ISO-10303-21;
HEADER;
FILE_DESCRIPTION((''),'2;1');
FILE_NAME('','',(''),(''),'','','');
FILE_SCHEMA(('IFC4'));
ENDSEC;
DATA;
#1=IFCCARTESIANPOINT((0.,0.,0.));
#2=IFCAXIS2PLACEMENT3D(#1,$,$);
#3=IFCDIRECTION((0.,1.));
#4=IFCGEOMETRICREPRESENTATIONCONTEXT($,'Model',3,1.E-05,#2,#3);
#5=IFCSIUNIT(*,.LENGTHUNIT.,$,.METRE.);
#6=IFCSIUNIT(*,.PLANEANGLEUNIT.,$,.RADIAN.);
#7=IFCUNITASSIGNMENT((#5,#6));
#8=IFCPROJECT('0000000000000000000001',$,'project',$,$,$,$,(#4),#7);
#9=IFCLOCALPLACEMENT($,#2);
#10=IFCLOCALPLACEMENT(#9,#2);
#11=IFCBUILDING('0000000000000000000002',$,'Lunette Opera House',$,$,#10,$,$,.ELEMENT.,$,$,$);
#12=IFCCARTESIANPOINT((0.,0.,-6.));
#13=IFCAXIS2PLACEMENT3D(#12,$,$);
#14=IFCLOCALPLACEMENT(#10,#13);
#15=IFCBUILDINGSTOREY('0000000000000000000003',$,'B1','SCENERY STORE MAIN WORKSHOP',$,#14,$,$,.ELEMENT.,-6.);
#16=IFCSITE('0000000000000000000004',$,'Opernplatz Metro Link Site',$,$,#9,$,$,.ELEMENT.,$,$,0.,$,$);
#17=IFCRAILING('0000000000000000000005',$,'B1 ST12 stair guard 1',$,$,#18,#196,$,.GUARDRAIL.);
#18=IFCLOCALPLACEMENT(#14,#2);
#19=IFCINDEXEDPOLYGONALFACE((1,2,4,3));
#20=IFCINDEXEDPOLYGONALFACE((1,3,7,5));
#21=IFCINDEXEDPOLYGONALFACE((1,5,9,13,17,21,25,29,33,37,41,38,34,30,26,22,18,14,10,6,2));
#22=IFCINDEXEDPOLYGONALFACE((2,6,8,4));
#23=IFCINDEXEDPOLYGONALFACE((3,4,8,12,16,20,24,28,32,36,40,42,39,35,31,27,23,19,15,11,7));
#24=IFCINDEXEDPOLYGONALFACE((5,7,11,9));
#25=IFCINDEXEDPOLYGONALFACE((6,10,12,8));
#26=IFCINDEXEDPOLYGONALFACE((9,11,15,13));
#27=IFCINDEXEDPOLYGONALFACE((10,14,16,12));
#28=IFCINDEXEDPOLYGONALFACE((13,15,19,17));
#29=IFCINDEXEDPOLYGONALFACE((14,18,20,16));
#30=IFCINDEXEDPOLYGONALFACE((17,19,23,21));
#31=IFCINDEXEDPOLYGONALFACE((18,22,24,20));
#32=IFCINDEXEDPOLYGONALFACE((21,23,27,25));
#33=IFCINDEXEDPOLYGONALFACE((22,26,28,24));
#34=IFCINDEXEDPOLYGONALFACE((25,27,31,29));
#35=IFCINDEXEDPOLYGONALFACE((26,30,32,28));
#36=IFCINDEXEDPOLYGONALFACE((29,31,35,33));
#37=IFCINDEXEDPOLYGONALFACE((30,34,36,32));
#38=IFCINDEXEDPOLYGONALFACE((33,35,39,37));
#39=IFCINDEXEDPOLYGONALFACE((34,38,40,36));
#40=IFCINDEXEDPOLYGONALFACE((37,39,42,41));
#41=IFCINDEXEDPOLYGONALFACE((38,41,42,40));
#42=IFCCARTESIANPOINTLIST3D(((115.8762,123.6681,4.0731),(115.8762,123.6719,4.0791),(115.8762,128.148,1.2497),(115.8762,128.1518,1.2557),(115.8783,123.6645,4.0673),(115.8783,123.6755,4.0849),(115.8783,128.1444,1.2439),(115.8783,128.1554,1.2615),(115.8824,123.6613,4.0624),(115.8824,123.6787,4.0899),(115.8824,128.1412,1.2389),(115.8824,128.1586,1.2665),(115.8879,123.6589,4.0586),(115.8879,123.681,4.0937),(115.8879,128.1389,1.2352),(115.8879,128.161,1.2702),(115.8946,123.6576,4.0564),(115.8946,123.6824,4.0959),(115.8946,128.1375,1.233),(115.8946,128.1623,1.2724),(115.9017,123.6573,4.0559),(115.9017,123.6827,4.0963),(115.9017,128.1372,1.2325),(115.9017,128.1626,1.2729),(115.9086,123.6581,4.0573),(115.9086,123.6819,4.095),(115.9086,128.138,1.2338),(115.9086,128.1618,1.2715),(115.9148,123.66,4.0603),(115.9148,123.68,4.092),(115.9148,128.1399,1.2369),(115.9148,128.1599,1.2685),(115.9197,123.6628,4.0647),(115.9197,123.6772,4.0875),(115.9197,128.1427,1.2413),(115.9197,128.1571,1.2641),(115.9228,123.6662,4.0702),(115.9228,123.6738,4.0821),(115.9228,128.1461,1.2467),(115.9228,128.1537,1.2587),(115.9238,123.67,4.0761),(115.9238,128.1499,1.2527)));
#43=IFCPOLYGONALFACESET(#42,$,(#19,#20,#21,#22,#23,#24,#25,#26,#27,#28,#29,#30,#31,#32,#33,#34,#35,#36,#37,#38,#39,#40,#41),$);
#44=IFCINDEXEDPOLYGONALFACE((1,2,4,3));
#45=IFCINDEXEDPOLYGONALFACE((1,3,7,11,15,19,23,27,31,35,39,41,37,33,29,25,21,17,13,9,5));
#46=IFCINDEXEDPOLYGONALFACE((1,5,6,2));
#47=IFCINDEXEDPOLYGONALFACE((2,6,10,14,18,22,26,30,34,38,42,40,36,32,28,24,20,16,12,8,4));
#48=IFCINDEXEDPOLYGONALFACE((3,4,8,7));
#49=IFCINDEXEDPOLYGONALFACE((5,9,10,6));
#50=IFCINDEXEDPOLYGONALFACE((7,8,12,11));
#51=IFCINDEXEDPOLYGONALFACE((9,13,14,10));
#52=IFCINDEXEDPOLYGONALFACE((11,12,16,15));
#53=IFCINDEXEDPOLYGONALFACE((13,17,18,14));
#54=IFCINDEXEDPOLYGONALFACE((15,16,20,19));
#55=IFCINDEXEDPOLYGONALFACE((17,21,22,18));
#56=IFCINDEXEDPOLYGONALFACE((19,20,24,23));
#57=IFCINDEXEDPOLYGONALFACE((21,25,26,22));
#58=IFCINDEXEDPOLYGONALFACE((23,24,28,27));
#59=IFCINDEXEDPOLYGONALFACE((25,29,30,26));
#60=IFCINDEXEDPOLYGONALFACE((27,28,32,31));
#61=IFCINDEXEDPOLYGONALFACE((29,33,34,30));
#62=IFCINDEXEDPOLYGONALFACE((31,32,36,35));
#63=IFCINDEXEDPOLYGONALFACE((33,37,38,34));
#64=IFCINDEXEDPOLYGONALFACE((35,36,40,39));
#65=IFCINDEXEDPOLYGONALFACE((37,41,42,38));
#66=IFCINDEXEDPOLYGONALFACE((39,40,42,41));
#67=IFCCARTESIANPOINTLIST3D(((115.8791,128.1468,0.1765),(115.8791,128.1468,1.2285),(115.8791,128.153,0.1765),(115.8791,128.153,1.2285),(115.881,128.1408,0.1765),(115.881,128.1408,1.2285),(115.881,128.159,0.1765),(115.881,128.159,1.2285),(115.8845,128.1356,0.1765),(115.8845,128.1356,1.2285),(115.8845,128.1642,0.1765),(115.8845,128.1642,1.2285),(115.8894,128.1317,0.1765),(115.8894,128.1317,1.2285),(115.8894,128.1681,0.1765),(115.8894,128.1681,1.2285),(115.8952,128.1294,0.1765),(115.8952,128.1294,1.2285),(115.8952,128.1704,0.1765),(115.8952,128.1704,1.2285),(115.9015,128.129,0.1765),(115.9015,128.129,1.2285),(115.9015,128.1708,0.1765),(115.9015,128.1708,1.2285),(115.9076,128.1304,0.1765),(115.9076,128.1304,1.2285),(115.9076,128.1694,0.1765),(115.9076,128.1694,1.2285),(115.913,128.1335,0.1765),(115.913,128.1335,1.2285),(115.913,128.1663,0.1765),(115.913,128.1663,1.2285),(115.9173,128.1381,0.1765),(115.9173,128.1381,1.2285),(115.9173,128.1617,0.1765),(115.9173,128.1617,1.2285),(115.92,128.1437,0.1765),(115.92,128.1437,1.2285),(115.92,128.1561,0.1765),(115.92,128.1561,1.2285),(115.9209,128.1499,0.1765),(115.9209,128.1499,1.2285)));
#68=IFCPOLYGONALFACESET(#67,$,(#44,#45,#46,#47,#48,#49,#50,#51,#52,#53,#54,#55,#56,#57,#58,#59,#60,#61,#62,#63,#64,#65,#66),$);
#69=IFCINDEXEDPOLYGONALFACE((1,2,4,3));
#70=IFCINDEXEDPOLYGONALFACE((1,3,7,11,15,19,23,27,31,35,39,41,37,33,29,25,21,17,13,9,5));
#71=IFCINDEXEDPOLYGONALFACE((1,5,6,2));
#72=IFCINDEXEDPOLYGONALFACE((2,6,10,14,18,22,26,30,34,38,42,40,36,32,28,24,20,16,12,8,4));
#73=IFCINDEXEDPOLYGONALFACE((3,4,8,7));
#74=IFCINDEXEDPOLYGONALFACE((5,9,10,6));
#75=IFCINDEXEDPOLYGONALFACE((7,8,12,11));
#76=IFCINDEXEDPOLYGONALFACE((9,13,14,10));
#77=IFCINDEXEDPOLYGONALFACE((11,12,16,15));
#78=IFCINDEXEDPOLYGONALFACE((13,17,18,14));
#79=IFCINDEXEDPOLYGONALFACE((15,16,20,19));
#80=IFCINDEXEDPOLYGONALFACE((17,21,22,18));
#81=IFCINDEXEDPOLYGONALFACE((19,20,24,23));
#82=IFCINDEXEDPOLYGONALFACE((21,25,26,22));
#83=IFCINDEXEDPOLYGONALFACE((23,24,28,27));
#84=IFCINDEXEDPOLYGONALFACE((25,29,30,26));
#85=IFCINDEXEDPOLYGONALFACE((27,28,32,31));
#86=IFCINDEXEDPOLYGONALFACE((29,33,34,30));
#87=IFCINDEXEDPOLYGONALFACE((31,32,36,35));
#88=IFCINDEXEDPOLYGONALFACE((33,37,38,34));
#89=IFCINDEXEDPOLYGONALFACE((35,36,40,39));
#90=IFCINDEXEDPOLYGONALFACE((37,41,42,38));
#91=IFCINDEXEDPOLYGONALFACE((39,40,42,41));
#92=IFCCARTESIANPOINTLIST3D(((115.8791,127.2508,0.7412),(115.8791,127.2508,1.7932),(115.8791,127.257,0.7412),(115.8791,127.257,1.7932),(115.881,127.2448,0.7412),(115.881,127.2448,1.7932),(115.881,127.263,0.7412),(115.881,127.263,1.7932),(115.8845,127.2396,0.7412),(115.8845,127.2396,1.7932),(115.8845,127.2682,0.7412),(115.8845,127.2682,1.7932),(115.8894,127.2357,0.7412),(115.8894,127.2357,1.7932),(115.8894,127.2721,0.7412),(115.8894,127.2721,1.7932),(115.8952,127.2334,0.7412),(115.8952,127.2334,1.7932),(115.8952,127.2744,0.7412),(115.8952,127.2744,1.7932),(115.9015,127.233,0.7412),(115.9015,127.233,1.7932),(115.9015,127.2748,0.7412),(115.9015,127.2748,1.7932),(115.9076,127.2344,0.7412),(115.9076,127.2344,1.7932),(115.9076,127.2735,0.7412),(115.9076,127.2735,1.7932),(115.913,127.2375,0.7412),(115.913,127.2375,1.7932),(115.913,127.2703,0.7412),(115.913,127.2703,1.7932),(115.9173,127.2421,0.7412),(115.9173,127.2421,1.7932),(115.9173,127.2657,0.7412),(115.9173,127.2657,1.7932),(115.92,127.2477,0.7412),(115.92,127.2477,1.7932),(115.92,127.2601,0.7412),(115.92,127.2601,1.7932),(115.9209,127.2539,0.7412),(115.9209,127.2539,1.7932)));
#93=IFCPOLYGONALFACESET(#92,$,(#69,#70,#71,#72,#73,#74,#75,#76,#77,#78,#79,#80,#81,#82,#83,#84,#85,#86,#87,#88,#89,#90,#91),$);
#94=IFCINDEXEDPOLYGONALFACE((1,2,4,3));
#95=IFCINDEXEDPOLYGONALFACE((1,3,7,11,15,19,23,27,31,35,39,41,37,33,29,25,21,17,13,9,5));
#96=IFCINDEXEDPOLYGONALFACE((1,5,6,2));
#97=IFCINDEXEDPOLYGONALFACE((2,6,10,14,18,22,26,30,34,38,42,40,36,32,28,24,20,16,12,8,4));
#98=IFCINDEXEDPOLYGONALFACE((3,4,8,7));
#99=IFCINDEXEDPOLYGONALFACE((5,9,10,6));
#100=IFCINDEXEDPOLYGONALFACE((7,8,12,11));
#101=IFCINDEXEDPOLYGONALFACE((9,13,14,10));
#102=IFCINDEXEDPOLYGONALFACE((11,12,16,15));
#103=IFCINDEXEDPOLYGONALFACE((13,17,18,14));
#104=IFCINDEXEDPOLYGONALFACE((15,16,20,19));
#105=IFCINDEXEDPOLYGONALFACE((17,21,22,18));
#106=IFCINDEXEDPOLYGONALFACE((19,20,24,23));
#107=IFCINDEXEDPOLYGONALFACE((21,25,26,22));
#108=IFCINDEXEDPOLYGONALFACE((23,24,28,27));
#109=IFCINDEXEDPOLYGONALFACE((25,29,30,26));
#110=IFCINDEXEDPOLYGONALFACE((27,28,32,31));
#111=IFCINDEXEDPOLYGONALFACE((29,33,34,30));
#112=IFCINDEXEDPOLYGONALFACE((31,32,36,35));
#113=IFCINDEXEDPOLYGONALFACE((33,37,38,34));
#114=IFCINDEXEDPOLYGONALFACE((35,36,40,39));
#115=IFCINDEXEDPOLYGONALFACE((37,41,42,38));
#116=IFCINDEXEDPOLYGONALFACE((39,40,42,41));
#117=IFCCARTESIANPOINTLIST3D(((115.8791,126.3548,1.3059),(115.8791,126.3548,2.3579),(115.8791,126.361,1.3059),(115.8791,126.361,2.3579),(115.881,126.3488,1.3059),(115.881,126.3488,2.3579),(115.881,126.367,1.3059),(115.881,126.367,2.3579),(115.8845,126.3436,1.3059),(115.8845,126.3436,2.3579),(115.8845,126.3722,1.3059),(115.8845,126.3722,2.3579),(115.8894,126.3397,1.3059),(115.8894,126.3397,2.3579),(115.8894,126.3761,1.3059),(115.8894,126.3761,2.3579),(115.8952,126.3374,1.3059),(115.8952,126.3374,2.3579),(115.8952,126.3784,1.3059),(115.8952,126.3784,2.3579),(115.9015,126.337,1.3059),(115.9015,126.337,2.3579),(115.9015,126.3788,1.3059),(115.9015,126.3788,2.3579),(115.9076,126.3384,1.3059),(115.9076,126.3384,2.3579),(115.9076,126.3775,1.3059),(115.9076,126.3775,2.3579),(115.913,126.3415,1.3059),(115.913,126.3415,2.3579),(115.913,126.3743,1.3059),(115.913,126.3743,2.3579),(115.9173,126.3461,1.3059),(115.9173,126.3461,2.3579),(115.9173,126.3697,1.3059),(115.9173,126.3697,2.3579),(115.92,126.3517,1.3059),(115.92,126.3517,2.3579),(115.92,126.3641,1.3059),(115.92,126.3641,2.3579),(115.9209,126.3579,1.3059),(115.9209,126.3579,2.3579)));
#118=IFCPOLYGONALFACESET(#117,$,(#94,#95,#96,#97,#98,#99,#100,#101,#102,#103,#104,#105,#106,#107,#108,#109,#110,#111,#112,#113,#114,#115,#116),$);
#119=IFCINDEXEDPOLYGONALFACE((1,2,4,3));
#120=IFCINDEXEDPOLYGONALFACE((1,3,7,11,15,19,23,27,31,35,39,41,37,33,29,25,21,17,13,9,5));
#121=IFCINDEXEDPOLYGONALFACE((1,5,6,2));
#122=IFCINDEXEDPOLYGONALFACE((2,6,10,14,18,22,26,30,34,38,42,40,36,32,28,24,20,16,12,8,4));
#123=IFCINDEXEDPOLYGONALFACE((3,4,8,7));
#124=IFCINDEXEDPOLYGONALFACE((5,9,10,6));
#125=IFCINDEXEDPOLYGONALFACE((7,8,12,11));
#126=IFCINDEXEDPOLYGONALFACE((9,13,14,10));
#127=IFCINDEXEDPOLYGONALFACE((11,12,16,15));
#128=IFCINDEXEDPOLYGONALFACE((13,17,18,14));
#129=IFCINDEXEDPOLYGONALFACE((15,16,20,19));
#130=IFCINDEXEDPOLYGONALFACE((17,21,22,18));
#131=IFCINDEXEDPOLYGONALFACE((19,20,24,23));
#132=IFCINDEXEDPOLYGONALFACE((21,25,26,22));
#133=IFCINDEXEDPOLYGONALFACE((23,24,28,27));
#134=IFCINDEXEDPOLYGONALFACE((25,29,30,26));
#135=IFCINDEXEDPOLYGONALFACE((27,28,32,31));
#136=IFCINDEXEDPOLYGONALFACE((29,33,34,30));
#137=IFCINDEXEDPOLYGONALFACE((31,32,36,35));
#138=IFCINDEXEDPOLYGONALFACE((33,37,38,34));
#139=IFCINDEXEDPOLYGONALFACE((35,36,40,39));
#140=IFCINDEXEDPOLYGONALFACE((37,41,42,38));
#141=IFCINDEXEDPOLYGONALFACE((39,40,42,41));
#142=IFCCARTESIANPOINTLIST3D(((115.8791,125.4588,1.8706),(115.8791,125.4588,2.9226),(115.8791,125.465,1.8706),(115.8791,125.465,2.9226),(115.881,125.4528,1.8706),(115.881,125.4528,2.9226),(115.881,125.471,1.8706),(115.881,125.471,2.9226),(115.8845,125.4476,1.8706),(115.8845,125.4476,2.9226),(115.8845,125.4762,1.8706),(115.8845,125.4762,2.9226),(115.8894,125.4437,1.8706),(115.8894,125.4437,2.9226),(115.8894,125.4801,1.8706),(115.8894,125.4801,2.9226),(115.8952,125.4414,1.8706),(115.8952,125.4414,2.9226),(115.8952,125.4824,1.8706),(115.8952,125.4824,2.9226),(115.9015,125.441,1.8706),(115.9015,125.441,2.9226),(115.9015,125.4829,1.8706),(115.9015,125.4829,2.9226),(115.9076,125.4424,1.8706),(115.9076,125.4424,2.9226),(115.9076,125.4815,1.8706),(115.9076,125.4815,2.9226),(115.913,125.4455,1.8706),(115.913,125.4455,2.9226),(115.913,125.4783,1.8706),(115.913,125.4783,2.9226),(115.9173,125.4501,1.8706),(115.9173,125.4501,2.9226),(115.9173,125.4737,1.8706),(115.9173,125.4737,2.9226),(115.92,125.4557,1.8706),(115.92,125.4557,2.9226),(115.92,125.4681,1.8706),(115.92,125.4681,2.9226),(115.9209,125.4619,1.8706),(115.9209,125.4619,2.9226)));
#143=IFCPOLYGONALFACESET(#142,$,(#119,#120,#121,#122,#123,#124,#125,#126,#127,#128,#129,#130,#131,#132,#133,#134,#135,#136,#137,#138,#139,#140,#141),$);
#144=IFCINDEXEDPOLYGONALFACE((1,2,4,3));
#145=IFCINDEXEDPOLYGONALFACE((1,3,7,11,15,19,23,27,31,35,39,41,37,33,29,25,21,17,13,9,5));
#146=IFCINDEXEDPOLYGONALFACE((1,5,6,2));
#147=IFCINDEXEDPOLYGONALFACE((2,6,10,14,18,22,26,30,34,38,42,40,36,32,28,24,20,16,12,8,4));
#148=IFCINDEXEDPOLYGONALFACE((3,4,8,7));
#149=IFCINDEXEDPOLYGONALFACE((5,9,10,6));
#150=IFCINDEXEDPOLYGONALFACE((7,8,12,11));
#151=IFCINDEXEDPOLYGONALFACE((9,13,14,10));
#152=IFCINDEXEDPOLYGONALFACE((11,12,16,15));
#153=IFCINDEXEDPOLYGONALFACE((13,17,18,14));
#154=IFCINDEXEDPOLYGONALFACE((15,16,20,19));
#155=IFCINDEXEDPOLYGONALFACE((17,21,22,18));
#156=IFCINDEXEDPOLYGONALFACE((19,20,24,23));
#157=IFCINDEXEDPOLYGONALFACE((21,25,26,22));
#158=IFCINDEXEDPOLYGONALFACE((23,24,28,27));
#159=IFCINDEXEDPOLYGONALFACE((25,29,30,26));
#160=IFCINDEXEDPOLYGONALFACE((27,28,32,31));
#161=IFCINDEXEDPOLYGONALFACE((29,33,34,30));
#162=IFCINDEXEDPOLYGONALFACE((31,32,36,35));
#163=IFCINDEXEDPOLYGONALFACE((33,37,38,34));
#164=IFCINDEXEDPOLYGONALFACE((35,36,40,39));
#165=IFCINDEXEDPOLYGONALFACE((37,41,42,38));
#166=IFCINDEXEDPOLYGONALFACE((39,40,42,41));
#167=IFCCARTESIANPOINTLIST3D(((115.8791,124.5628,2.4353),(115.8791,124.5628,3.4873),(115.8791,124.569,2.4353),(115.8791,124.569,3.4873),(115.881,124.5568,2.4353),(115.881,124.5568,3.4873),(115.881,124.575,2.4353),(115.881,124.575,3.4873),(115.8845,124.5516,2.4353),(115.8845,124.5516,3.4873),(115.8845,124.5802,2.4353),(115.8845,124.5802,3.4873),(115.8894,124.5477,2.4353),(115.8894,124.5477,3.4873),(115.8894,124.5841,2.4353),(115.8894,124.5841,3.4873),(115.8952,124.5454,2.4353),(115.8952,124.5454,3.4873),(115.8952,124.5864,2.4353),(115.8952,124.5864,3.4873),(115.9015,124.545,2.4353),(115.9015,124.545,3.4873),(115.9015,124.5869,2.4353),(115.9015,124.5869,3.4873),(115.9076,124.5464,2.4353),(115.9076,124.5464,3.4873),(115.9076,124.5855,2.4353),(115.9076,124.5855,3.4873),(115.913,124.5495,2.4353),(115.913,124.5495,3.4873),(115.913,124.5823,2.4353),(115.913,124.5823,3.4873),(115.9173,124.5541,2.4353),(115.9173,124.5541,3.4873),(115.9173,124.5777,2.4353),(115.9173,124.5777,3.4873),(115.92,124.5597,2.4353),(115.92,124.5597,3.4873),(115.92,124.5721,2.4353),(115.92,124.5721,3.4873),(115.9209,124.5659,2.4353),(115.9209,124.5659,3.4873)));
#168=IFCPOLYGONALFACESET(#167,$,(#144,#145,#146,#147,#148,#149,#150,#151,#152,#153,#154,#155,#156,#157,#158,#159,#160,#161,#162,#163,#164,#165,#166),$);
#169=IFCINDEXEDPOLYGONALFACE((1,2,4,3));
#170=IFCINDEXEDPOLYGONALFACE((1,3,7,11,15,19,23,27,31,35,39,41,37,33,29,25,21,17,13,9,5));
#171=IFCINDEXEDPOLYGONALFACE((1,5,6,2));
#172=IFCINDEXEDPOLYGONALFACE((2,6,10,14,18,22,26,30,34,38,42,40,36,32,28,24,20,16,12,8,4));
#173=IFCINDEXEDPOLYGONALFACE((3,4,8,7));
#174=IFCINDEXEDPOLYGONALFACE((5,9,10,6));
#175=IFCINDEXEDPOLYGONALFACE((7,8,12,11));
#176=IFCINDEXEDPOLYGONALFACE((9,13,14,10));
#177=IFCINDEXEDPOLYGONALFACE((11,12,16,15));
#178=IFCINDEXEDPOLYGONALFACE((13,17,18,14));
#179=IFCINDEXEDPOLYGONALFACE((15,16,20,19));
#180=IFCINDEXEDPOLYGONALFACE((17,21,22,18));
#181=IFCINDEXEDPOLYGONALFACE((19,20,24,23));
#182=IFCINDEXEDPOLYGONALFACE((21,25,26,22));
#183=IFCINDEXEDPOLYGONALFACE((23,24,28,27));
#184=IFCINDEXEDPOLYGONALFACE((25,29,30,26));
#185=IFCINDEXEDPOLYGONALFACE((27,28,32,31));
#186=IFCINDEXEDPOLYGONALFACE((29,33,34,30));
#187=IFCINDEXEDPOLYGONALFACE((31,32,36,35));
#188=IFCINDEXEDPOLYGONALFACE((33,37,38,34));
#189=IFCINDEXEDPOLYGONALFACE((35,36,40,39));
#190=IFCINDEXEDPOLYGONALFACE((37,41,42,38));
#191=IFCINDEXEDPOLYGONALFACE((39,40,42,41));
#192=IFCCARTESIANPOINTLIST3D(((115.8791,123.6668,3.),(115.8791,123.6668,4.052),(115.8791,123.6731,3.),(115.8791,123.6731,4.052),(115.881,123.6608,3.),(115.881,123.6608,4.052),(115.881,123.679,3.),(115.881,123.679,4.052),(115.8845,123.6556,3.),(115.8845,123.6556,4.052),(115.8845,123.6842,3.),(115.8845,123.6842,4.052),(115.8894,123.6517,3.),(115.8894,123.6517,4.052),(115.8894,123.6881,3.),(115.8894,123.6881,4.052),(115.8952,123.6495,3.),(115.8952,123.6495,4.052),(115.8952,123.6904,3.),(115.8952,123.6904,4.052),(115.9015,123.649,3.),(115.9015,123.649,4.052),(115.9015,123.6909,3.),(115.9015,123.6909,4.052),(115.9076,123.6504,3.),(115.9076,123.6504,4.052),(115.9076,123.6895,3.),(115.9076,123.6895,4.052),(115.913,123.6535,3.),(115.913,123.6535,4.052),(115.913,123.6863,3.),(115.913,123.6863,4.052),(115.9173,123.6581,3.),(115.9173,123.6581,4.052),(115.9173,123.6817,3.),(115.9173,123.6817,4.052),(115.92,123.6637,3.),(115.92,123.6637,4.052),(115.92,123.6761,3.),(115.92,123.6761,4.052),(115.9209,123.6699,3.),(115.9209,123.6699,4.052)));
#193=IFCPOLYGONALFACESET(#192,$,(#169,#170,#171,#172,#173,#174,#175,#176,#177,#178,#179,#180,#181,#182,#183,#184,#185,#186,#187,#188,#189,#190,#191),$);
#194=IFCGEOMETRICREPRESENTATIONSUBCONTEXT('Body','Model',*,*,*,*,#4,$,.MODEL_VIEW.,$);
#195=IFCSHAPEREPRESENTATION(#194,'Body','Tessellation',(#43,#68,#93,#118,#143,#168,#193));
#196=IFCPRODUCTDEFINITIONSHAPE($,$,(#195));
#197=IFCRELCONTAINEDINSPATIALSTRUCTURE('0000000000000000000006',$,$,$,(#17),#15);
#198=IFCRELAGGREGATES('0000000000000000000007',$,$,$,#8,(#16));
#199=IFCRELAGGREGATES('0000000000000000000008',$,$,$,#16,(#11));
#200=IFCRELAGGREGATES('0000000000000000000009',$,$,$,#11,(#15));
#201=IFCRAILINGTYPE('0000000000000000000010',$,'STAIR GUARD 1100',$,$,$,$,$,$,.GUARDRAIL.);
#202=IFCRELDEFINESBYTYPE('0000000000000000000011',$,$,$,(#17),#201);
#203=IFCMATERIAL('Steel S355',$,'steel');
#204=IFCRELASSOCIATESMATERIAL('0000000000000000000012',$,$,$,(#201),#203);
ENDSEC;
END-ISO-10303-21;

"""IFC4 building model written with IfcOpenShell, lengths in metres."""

from ifc_helpers import new_model, si_unit, direction, frame, origin, origin_2d, place, context, subcontext, project, spatial, circle, extrude, material, type_object, element, save


model = new_model("IFC4")

# Units and contexts
model_context = context("Model", 3, precision=1e-05, world=origin(), true_north=direction((0.0, 1.0)))
body_context = subcontext(model_context, "Body", "Model", "MODEL_VIEW")
ifc_project = project(units=[si_unit("LENGTHUNIT", "METRE"), si_unit("PLANEANGLEUNIT", "RADIAN")], contexts=[model_context])

# Site, building, storey
site_placement = place(None, origin())
site = spatial("IfcSite", under=ifc_project, at=site_placement, Name="Opernplatz Metro Link Site", CompositionType="ELEMENT", RefElevation=0.0)
building_placement = place(site_placement, origin())
building = spatial("IfcBuilding", under=site, at=building_placement, Name="Lunette Opera House", CompositionType="ELEMENT")
storey_placement = place(building_placement, frame((0.0, 0.0, -6.0)))
storey = spatial("IfcBuildingStorey", under=building, at=storey_placement, Name="B1", Description="SCENERY STORE MAIN WORKSHOP", CompositionType="ELEMENT", Elevation=-6.0)

# Railing
ifc_material_1 = material(Name="Steel S355", Category="steel")
railing_type_1 = type_object("IfcRailingType", Name="STAIR GUARD 1100", PredefinedType="GUARDRAIL", material=ifc_material_1)
railing_1_placement = place(storey_placement, frame((115.8999, 128.1499, 0.1765)))
element("IfcRailing", 1, at=railing_1_placement, inside=storey, type_object=railing_type_1, Name="B1 ST12 stair guard 1", PredefinedType="GUARDRAIL", context=body_context, shape_type="SweptSolid", body=[
    extrude(circle(Radius=0.0239, at=origin_2d()), frame((0.0, 0.0, 1.0762), z_axis=(0.0, -0.845998, 0.533186), x_axis=(1.0, 0.0, 0.0)), (0.0, 0.0, 1.0), 5.2954),
    extrude(circle(Radius=0.021, at=origin_2d()), origin(), (0.0, 0.0, 1.0), 1.052),
    extrude(circle(Radius=0.021, at=origin_2d()), frame((0.0, -0.896, 0.5647)), (0.0, 0.0, 1.0), 1.052),
    extrude(circle(Radius=0.021, at=origin_2d()), frame((0.0, -1.792, 1.1294)), (0.0, 0.0, 1.0), 1.052),
    extrude(circle(Radius=0.021, at=origin_2d()), frame((0.0, -2.688, 1.6941)), (0.0, 0.0, 1.0), 1.052),
    extrude(circle(Radius=0.021, at=origin_2d()), frame((0.0, -3.584, 2.2588)), (0.0, 0.0, 1.0), 1.052),
    extrude(circle(Radius=0.021, at=origin_2d()), frame((0.0, -4.48, 2.8235)), (0.0, 0.0, 1.0), 1.052),
])

save(model, "model.ifc")
